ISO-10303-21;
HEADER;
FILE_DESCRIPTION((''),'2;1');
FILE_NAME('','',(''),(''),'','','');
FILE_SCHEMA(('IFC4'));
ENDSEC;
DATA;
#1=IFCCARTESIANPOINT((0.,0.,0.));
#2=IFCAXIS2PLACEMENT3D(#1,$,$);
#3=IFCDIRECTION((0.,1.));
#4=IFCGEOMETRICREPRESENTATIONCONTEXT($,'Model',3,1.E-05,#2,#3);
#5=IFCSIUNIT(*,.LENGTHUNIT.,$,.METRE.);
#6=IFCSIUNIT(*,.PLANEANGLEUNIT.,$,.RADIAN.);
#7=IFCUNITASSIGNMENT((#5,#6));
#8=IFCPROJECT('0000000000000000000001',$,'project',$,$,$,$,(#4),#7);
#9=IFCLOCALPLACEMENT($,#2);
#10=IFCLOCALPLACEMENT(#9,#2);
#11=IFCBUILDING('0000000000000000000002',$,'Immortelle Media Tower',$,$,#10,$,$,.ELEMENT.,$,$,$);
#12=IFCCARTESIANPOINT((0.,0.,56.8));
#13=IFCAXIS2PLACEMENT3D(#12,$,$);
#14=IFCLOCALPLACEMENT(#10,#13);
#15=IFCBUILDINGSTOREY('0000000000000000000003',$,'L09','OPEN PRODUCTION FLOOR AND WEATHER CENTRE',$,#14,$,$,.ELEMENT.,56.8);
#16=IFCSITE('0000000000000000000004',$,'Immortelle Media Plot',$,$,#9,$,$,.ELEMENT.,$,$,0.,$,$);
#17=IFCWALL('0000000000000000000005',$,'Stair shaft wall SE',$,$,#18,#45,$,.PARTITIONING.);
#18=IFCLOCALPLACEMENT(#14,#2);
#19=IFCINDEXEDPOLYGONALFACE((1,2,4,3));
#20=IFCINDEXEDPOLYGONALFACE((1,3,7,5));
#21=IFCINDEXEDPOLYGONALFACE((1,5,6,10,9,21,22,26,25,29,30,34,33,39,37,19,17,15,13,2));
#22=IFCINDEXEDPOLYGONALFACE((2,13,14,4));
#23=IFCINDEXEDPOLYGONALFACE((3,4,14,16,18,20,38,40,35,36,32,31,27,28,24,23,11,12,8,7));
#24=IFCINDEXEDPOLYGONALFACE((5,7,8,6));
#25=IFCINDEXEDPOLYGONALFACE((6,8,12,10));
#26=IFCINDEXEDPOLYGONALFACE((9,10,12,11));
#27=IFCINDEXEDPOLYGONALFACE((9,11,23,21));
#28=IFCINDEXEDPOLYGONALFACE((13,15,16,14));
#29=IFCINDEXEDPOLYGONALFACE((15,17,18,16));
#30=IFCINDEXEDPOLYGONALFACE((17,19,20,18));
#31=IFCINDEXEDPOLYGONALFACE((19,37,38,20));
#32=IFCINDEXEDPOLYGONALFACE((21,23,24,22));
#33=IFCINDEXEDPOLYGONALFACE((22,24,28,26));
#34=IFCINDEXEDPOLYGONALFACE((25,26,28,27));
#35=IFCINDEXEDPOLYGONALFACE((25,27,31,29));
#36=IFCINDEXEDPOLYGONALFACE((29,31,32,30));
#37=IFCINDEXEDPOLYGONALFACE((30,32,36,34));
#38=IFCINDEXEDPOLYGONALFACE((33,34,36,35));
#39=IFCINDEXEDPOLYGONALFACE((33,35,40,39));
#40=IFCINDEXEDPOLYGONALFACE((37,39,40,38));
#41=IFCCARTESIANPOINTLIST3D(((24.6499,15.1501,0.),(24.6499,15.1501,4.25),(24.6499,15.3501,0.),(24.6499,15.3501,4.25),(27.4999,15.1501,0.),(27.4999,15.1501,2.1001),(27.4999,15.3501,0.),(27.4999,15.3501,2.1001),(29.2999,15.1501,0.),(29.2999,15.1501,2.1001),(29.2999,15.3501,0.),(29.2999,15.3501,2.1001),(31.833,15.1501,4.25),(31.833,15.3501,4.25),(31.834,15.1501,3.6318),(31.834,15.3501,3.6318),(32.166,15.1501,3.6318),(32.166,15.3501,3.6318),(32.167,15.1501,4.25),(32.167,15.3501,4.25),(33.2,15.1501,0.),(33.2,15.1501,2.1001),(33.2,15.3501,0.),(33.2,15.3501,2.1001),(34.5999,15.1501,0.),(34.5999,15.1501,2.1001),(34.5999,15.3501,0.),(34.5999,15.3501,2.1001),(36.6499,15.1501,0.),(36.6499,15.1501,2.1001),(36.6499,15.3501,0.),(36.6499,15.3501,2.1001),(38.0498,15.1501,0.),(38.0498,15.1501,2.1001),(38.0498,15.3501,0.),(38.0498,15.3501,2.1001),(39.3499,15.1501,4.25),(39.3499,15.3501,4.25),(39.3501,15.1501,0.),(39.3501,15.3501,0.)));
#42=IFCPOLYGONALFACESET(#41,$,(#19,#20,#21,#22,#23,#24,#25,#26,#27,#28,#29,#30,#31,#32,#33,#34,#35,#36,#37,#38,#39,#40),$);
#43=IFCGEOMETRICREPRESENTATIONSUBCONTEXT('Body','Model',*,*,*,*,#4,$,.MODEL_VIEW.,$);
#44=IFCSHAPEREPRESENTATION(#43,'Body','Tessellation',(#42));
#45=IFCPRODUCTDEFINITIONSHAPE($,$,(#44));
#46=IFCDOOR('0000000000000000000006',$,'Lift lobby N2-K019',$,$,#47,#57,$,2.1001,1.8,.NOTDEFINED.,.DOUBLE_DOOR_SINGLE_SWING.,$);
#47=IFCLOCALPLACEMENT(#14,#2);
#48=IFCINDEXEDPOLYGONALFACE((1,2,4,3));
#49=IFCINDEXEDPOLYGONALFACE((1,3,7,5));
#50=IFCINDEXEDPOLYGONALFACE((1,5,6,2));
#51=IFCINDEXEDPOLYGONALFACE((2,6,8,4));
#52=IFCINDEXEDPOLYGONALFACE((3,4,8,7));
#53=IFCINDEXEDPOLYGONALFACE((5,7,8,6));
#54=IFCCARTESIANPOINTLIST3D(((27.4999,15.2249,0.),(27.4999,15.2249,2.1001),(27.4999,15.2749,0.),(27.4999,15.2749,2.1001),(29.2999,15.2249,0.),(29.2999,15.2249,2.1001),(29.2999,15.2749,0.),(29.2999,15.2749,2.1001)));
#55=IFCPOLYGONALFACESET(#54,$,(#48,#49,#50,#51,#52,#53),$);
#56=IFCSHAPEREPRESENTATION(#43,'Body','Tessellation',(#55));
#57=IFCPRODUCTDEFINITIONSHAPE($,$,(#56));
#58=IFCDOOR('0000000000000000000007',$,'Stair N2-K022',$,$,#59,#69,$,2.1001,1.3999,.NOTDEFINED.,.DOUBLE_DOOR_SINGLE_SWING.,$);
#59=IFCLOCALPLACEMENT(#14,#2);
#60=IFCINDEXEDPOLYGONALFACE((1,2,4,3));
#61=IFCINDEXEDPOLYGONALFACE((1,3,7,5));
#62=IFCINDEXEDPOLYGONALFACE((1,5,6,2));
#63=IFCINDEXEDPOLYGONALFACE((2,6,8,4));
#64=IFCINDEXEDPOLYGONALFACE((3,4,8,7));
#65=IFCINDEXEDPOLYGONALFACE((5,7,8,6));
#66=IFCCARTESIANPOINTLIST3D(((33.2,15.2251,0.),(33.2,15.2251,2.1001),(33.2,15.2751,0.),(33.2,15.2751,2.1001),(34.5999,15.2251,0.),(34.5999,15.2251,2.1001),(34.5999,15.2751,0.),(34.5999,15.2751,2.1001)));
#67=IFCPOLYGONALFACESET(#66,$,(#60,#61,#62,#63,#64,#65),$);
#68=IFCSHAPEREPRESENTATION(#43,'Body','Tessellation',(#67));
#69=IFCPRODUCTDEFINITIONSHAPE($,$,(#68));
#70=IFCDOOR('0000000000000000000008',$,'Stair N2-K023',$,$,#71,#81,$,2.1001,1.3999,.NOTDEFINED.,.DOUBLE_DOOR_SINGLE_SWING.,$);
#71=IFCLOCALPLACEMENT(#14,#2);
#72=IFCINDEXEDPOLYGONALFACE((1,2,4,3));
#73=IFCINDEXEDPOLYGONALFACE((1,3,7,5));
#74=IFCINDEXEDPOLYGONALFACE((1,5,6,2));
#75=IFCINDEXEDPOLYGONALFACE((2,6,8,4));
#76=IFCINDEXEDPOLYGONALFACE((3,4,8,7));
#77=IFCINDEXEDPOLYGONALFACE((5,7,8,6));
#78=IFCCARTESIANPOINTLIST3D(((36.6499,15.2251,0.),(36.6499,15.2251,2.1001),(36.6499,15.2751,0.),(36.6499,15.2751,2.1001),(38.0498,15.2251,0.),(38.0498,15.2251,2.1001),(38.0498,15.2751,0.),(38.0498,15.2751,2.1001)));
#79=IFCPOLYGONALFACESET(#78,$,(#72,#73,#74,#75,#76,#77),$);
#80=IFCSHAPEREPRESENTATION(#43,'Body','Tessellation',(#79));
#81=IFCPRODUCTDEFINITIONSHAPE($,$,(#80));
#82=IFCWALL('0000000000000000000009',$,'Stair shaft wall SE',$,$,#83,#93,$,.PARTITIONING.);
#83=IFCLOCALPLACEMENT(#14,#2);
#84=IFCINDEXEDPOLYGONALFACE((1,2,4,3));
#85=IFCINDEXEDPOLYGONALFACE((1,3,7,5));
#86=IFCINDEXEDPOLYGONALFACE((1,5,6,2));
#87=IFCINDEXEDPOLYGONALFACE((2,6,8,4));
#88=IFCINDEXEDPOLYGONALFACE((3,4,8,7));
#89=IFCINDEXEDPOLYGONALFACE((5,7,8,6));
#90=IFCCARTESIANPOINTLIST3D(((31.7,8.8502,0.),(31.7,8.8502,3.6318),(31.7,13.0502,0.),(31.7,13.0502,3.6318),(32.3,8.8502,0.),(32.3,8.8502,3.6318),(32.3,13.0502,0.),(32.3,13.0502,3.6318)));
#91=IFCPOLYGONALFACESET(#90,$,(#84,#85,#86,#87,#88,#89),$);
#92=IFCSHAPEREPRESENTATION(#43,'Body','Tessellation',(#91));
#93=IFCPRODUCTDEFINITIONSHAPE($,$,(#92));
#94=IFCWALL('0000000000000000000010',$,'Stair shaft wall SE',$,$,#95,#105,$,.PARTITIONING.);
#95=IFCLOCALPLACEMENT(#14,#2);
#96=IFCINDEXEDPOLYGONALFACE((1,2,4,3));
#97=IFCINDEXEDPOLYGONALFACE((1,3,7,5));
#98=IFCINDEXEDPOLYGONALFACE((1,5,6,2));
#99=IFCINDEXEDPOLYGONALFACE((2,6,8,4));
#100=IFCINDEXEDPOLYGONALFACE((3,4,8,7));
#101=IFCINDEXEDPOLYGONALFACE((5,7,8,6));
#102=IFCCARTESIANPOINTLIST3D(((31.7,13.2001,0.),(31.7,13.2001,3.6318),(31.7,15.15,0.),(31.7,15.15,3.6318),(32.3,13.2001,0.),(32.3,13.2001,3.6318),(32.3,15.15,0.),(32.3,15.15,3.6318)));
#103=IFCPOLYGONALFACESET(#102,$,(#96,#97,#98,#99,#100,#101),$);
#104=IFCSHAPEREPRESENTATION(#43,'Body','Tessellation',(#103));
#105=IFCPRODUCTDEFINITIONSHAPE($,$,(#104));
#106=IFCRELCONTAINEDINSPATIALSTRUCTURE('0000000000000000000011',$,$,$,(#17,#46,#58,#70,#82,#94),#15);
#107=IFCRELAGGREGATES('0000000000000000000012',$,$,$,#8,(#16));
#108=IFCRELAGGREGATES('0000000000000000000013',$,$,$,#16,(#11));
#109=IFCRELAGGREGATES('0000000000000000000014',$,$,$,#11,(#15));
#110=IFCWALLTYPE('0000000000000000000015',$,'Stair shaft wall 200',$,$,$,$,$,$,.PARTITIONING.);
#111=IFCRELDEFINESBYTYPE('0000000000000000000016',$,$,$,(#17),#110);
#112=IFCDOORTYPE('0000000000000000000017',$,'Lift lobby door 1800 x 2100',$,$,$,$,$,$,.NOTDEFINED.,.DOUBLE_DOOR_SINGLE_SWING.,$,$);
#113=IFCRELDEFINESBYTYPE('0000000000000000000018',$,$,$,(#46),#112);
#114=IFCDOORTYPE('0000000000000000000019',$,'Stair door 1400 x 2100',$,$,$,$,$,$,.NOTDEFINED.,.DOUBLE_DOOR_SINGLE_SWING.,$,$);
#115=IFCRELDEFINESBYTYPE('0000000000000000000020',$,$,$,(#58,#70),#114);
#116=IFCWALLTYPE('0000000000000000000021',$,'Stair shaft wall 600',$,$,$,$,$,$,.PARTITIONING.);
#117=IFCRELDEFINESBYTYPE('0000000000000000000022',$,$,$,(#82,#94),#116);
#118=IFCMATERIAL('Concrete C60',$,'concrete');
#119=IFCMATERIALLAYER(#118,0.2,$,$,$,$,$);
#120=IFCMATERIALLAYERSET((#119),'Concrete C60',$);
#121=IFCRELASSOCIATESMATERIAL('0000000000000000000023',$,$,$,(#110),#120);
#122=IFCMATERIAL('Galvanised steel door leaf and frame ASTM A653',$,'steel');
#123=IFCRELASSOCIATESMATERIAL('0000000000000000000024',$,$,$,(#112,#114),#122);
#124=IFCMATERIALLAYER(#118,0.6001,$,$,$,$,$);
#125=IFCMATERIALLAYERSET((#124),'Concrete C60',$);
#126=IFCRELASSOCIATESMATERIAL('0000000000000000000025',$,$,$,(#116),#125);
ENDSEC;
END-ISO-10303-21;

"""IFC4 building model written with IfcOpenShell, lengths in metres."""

from ifc_helpers import new_model, si_unit, direction, frame, frame_2d, origin, place, context, subcontext, project, spatial, polyline, rectangle, outline, extrude, material, layer, layer_set, type_object, element, fill, save


model = new_model("IFC4")

# Units and contexts
model_context = context("Model", 3, precision=1e-05, world=origin(), true_north=direction((0.0, 1.0)))
body_context = subcontext(model_context, "Body", "Model", "MODEL_VIEW")
ifc_project = project(units=[si_unit("LENGTHUNIT", "METRE"), si_unit("PLANEANGLEUNIT", "RADIAN")], contexts=[model_context])

# Site, building, storey
site_placement = place(None, origin())
site = spatial("IfcSite", under=ifc_project, at=site_placement, Name="Immortelle Media Plot", CompositionType="ELEMENT", RefElevation=0.0)
building_placement = place(site_placement, origin())
building = spatial("IfcBuilding", under=site, at=building_placement, Name="Immortelle Media Tower", CompositionType="ELEMENT")
storey_placement = place(building_placement, frame((0.0, 0.0, 56.8)))
storey = spatial("IfcBuildingStorey", under=building, at=storey_placement, Name="L09", Description="OPEN PRODUCTION FLOOR AND WEATHER CENTRE", CompositionType="ELEMENT", Elevation=56.8)

# Shared definitions
ifc_material_1 = material(Name="Galvanised steel door leaf and frame ASTM A653", Category="steel")

# Wall, openings, doors
ifc_material_2 = material(Name="Concrete C60", Category="concrete")
ifc_layer_1 = layer(ifc_material_2, 0.2)
ifc_layer_set_1 = layer_set([ifc_layer_1], Name="Concrete C60")
wall_type_1 = type_object("IfcWallType", Name="Stair shaft wall 200", PredefinedType="PARTITIONING", material=ifc_layer_set_1)
wall_1_placement = place(storey_placement, frame((24.6499, 15.25, 0.0), z_axis=(0.0, 0.0, 1.0), x_axis=(1.0, 0.0, 0.0)))
wall_1 = element("IfcWall", 1, at=wall_1_placement, inside=storey, type_object=wall_type_1, Name="Stair shaft wall SE", PredefinedType="PARTITIONING", context=body_context, shape_type="SweptSolid", body=[
    extrude(outline(polyline([(0.0, 0.0), (14.7002, 0.0), (14.7, 4.25), (7.5171, 4.25), (7.5161, 3.6318), (7.1841, 3.6318), (7.1831, 4.25), (0.0, 4.25), (0.0, 0.0)])), frame((0.0, 0.1001, 0.0), z_axis=(0.0, -1.0, 0.0), x_axis=(1.0, 0.0, 0.0)), (0.0, 0.0, 1.0), 0.2),
])
opening_1_placement = place(wall_1_placement, frame((2.8501, 0.0, 0.0)))
opening_1 = element("IfcOpeningElement", 2, at=opening_1_placement, cuts=wall_1, PredefinedType="OPENING", context=body_context, shape_type="SweptSolid", body=[
    extrude(rectangle(XDim=1.8, YDim=2.1001, at=frame_2d((0.8999, 1.05))), frame((0.0, 0.1099, 0.0), z_axis=(0.0, -1.0, 0.0), x_axis=(1.0, 0.0, 0.0)), (0.0, 0.0, 1.0), 0.22),
])
opening_2_placement = place(wall_1_placement, frame((9.95, 0.0, 0.0), z_axis=(0.0, 0.0, 1.0), x_axis=(-1.0, 0.0, 0.0)))
opening_2 = element("IfcOpeningElement", 3, at=opening_2_placement, cuts=wall_1, PredefinedType="OPENING", context=body_context, shape_type="SweptSolid", body=[
    extrude(rectangle(XDim=1.3999, YDim=2.1001, at=frame_2d((0.7, 1.05))), frame((0.0, 0.1099, 0.0), z_axis=(0.0, -1.0, 0.0), x_axis=(1.0, 0.0, 0.0)), (0.0, 0.0, 1.0), 0.22),
])
opening_3_placement = place(wall_1_placement, frame((13.3999, 0.0, 0.0), z_axis=(0.0, 0.0, 1.0), x_axis=(-1.0, 0.0, 0.0)))
opening_3 = element("IfcOpeningElement", 4, at=opening_3_placement, cuts=wall_1, PredefinedType="OPENING", context=body_context, shape_type="SweptSolid", body=[
    extrude(rectangle(XDim=1.3999, YDim=2.1001, at=frame_2d((0.7, 1.05))), frame((0.0, 0.1099, 0.0), z_axis=(0.0, -1.0, 0.0), x_axis=(1.0, 0.0, 0.0)), (0.0, 0.0, 1.0), 0.22),
])
door_type_1 = type_object("IfcDoorType", Name="Lift lobby door 1800 x 2100", OperationType="DOUBLE_DOOR_SINGLE_SWING", PredefinedType="NOTDEFINED", material=ifc_material_1)
door_1_placement = place(opening_1_placement, origin())
door_1 = element("IfcDoor", 5, at=door_1_placement, inside=storey, type_object=door_type_1, Name="Lift lobby N2-K019", OperationType="DOUBLE_DOOR_SINGLE_SWING", OverallHeight=2.1001, OverallWidth=1.8, PredefinedType="NOTDEFINED", context=body_context, shape_type="SweptSolid", body=[
    extrude(rectangle(XDim=1.8, YDim=2.1001, at=frame_2d((0.8999, 1.05))), frame((0.0, 0.0249, 0.0), z_axis=(0.0, -1.0, 0.0), x_axis=(1.0, 0.0, 0.0)), (0.0, 0.0, 1.0), 0.05),
])
fill(opening_1, door_1)
door_type_2 = type_object("IfcDoorType", Name="Stair door 1400 x 2100", OperationType="DOUBLE_DOOR_SINGLE_SWING", PredefinedType="NOTDEFINED", material=ifc_material_1)
door_2_placement = place(opening_2_placement, origin())
door_2 = element("IfcDoor", 6, at=door_2_placement, inside=storey, type_object=door_type_2, Name="Stair N2-K022", OperationType="DOUBLE_DOOR_SINGLE_SWING", OverallHeight=2.1001, OverallWidth=1.3999, PredefinedType="NOTDEFINED", context=body_context, shape_type="SweptSolid", body=[
    extrude(rectangle(XDim=1.3999, YDim=2.1001, at=frame_2d((0.7, 1.05))), frame((0.0, 0.0249, 0.0), z_axis=(0.0, -1.0, 0.0), x_axis=(1.0, 0.0, 0.0)), (0.0, 0.0, 1.0), 0.05),
])
fill(opening_2, door_2)
door_3_placement = place(opening_3_placement, origin())
door_3 = element("IfcDoor", 7, at=door_3_placement, inside=storey, type_object=door_type_2, Name="Stair N2-K023", OperationType="DOUBLE_DOOR_SINGLE_SWING", OverallHeight=2.1001, OverallWidth=1.3999, PredefinedType="NOTDEFINED", context=body_context, shape_type="SweptSolid", body=[
    extrude(rectangle(XDim=1.3999, YDim=2.1001, at=frame_2d((0.7, 1.05))), frame((0.0, 0.0249, 0.0), z_axis=(0.0, -1.0, 0.0), x_axis=(1.0, 0.0, 0.0)), (0.0, 0.0, 1.0), 0.05),
])
fill(opening_3, door_3)

# Walls
ifc_layer_2 = layer(ifc_material_2, 0.6001)
ifc_layer_set_2 = layer_set([ifc_layer_2], Name="Concrete C60")
wall_type_2 = type_object("IfcWallType", Name="Stair shaft wall 600", PredefinedType="PARTITIONING", material=ifc_layer_set_2)
wall_2_placement = place(storey_placement, frame((32.0, 8.8501, 0.0), z_axis=(0.0, 0.0, 1.0), x_axis=(0.0, 1.0, 0.0)))
element("IfcWall", 8, at=wall_2_placement, inside=storey, type_object=wall_type_2, Name="Stair shaft wall SE", PredefinedType="PARTITIONING", context=body_context, shape_type="SweptSolid", body=[
    extrude(rectangle(XDim=4.2, YDim=0.6001, at=frame_2d((2.1001, 0.0))), origin(), (0.0, 0.0, 1.0), 3.6318),
])
wall_3_placement = place(storey_placement, frame((32.0, 13.2, 0.0), z_axis=(0.0, 0.0, 1.0), x_axis=(0.0, 1.0, 0.0)))
element("IfcWall", 9, at=wall_3_placement, inside=storey, type_object=wall_type_2, Name="Stair shaft wall SE", PredefinedType="PARTITIONING", context=body_context, shape_type="SweptSolid", body=[
    extrude(rectangle(XDim=1.95, YDim=0.6001, at=frame_2d((0.9751, 0.0))), origin(), (0.0, 0.0, 1.0), 3.6318),
])

save(model, "model.ifc")
